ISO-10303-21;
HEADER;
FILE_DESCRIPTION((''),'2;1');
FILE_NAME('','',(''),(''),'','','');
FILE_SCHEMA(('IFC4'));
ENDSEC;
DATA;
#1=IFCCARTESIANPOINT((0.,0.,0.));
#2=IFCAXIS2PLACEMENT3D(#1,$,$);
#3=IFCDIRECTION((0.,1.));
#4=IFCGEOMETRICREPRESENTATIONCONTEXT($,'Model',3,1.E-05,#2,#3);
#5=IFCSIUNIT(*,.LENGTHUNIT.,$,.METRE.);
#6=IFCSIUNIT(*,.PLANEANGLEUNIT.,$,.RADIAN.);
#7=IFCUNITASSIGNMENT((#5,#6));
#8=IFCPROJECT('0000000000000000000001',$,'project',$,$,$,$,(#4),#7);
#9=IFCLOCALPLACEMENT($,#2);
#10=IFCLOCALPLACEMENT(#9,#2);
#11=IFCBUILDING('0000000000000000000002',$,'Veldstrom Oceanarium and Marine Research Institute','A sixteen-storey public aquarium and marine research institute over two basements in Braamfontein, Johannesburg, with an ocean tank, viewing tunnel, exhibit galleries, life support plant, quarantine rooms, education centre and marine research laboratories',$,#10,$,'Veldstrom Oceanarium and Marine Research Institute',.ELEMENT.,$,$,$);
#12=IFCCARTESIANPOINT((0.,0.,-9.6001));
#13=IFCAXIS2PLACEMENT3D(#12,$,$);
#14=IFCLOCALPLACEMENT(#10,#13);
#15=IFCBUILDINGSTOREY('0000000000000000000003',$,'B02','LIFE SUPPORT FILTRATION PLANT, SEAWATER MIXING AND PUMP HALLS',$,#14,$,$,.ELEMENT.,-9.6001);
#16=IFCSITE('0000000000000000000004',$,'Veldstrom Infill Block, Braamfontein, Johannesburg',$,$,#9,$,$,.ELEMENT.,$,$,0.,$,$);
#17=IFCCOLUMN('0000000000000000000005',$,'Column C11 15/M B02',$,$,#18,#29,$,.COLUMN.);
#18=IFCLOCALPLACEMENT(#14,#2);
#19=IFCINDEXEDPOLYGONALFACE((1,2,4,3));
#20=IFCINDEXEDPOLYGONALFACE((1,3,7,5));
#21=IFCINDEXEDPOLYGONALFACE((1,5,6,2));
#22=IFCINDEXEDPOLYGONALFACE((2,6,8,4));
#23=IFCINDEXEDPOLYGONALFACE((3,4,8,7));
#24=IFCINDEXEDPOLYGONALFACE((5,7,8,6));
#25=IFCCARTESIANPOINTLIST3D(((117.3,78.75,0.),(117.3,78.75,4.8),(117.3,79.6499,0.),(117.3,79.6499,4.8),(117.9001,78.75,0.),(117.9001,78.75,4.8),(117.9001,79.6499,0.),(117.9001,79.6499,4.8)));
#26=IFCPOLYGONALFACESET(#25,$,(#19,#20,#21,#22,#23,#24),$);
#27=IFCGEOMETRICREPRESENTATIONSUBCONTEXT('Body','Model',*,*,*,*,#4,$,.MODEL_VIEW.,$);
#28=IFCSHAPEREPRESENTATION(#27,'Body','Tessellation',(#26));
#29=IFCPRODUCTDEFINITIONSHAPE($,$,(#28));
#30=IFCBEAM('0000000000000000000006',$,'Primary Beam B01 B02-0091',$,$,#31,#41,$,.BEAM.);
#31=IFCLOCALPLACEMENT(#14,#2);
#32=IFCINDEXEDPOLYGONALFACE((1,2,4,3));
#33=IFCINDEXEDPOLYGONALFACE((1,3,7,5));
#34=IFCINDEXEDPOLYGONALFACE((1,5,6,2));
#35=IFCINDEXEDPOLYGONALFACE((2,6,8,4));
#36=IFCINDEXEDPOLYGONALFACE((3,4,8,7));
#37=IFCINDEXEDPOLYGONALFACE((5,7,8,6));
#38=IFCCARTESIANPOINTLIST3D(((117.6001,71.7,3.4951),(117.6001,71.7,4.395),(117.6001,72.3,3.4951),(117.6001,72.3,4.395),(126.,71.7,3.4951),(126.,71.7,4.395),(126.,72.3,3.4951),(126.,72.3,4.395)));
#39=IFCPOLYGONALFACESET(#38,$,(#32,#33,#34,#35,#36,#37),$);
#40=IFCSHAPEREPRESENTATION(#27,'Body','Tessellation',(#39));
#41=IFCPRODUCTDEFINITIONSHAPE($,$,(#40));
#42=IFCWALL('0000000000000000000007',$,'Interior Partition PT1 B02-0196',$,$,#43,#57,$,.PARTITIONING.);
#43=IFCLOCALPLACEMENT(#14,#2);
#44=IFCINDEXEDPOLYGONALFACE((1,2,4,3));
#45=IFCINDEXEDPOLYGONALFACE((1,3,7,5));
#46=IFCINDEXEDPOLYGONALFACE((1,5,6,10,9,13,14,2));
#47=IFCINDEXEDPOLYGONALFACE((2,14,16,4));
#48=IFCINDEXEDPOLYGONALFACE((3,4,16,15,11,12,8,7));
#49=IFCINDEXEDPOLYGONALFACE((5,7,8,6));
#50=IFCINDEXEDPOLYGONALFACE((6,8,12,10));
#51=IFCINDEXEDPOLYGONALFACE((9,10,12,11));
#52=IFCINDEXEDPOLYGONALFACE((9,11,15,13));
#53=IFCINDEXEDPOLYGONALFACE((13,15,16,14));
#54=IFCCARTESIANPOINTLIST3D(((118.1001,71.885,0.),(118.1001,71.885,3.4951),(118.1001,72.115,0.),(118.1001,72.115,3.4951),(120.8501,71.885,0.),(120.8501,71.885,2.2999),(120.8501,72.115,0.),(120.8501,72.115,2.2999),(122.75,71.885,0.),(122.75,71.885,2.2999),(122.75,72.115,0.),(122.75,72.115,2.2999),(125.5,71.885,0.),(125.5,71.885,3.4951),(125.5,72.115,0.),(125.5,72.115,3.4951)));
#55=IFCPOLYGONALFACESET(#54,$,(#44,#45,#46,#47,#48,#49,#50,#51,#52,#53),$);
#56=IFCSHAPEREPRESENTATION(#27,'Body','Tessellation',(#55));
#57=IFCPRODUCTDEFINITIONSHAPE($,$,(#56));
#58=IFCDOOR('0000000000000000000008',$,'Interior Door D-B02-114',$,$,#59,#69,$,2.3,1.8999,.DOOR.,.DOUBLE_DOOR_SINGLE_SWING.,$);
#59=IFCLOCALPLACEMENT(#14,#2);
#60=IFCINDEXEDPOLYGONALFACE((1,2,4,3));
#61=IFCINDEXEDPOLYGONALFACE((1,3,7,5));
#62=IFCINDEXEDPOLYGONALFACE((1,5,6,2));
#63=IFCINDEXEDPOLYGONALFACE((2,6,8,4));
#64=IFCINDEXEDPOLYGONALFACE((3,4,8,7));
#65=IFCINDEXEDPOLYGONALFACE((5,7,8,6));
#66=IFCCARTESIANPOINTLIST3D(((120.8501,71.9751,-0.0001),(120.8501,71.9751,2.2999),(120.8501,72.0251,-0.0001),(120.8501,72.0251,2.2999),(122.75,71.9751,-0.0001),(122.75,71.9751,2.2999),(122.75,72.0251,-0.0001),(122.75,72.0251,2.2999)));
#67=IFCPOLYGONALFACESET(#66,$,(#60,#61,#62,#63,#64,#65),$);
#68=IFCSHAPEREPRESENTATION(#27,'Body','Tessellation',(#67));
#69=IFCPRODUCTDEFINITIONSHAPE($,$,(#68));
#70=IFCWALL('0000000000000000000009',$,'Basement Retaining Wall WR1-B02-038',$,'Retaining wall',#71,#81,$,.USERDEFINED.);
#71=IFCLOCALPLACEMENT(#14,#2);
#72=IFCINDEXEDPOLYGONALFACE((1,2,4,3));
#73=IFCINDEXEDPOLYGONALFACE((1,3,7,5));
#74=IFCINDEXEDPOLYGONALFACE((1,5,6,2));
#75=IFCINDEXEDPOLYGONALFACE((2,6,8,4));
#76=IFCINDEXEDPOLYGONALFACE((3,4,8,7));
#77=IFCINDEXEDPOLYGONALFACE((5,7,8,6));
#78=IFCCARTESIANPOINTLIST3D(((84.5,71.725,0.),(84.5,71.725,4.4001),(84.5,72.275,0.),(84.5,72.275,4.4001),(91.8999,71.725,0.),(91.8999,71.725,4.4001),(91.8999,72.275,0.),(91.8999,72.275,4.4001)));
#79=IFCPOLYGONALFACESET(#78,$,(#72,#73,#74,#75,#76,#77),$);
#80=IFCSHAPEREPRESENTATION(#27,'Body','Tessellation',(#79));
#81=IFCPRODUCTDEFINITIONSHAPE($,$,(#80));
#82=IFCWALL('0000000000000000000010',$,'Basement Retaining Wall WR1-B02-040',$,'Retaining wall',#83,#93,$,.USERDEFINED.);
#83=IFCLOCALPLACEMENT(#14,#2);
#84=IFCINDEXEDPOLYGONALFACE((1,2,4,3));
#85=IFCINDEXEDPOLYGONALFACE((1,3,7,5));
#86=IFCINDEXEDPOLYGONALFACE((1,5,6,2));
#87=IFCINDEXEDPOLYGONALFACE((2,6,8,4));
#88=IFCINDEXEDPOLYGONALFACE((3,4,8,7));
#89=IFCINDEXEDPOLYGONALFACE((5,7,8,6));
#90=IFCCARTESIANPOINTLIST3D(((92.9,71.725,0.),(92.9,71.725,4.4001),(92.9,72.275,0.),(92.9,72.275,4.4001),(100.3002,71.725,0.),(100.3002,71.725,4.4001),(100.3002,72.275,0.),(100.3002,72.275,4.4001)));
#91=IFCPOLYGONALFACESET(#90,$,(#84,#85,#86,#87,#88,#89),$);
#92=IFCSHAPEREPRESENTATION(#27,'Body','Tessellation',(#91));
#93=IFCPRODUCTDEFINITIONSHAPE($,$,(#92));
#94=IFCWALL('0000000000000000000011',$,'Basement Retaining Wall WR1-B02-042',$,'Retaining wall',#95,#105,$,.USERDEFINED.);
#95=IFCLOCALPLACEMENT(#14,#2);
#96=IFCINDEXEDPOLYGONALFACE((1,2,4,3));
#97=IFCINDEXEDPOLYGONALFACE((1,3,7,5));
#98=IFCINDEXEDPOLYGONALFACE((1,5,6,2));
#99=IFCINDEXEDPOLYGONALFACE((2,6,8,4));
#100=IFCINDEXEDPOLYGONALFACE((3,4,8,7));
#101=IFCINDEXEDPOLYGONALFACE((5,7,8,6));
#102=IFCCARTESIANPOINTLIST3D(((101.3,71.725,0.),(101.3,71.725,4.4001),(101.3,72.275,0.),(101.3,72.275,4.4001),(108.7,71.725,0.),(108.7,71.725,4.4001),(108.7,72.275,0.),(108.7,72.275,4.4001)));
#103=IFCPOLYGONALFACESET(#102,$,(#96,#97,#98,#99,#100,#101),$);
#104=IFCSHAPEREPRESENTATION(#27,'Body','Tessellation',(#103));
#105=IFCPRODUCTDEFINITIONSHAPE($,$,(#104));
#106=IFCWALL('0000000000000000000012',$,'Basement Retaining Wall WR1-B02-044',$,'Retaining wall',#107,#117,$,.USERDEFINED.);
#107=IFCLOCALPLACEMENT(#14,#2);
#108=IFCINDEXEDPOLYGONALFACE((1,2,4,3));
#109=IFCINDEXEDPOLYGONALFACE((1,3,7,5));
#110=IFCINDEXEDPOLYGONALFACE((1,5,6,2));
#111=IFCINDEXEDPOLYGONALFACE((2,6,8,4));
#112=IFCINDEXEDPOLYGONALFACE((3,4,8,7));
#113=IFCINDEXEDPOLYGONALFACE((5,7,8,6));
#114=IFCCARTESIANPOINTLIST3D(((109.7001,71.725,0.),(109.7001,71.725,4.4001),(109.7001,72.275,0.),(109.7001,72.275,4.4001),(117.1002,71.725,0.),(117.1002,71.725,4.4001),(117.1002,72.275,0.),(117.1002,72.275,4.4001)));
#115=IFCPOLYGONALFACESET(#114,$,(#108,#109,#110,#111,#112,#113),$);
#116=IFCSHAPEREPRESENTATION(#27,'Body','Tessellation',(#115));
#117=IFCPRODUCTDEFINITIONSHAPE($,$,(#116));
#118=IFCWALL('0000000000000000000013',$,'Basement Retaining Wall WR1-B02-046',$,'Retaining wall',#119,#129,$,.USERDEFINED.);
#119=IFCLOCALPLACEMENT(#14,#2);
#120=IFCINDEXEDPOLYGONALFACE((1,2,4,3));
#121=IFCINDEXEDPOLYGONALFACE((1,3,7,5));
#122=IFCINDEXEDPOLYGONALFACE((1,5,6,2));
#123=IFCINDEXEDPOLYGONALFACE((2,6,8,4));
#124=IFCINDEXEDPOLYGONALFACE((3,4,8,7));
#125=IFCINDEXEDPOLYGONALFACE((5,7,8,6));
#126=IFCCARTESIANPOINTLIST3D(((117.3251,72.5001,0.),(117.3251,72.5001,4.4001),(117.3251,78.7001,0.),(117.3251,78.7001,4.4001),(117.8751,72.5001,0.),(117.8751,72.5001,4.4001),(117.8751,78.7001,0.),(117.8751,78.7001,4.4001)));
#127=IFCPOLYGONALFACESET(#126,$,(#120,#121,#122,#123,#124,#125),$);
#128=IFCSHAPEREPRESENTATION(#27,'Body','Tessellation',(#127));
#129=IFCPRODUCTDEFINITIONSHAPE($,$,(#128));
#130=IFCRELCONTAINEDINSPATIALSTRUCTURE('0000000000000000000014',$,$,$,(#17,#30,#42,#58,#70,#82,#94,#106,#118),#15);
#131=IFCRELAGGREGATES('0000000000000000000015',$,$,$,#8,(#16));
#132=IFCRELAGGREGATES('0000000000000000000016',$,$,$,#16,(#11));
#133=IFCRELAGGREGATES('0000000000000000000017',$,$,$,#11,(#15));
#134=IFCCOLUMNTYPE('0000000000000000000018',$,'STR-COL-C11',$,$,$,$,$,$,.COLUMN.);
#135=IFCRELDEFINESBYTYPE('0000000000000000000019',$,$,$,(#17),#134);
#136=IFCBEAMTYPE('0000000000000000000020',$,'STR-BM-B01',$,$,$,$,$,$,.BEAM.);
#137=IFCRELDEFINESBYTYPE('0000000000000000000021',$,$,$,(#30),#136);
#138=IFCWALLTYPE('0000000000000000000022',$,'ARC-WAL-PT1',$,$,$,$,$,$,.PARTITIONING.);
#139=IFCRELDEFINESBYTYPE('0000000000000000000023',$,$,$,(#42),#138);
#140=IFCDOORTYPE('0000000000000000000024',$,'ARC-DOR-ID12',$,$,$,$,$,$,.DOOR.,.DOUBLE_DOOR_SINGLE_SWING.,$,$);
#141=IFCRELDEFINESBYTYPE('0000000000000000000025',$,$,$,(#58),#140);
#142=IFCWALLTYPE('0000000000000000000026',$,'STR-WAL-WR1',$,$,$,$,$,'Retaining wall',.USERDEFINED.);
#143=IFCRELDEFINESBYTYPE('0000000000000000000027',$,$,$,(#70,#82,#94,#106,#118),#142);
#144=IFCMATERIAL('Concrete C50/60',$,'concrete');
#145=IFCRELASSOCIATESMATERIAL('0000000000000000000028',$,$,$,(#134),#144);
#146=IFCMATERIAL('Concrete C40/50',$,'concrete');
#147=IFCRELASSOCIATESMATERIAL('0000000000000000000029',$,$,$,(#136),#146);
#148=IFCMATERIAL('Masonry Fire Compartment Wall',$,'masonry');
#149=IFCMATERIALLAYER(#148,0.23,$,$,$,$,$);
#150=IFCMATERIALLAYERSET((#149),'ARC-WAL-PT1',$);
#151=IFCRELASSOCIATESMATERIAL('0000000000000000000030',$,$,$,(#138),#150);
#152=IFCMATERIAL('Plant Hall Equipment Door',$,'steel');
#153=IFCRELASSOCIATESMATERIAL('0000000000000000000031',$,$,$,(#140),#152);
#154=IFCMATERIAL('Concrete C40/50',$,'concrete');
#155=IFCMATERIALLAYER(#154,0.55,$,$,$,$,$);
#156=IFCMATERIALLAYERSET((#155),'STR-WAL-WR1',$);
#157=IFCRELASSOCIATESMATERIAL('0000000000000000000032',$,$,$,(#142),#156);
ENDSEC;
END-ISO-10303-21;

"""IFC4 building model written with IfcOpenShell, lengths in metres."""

from ifc_helpers import new_model, si_unit, direction, frame, frame_2d, origin, origin_2d, place, context, subcontext, project, spatial, rectangle, extrude, material, layer, layer_set, material_profile, profile_set, type_object, element, fill, save


model = new_model("IFC4")

# Units and contexts
model_context = context("Model", 3, precision=1e-05, world=origin(), true_north=direction((0.0, 1.0)))
body_context = subcontext(model_context, "Body", "Model", "MODEL_VIEW")
ifc_project = project(units=[si_unit("LENGTHUNIT", "METRE"), si_unit("PLANEANGLEUNIT", "RADIAN")], contexts=[model_context])

# Site, building, storey
site_placement = place(None, origin())
site = spatial("IfcSite", under=ifc_project, at=site_placement, Name="Veldstrom Infill Block, Braamfontein, Johannesburg", CompositionType="ELEMENT", RefElevation=0.0)
building_placement = place(site_placement, origin())
building = spatial("IfcBuilding", under=site, at=building_placement, Name="Veldstrom Oceanarium and Marine Research Institute", Description="A sixteen-storey public aquarium and marine research institute over two basements in Braamfontein, Johannesburg, with an ocean tank, viewing tunnel, exhibit galleries, life support plant, quarantine rooms, education centre and marine research laboratories", LongName="Veldstrom Oceanarium and Marine Research Institute", CompositionType="ELEMENT")
storey_placement = place(building_placement, frame((0.0, 0.0, -9.6001)))
storey = spatial("IfcBuildingStorey", under=building, at=storey_placement, Name="B02", Description="LIFE SUPPORT FILTRATION PLANT, SEAWATER MIXING AND PUMP HALLS", CompositionType="ELEMENT", Elevation=-9.6001)

# Column
ifc_material_1 = material(Name="Concrete C50/60", Category="concrete")
ifc_material_profile_1 = material_profile(ifc_material_1, rectangle(XDim=0.6001, YDim=0.8999, at=origin_2d()), Name="RC-COL-900x600")
ifc_profile_set_1 = profile_set([ifc_material_profile_1], Name="Concrete C50/60")
column_type_1 = type_object("IfcColumnType", Name="STR-COL-C11", PredefinedType="COLUMN", material=ifc_profile_set_1)
column_1_placement = place(storey_placement, frame((117.6001, 79.2, 0.0), z_axis=(0.0, 0.0, 1.0), x_axis=(1.0, 0.0, 0.0)))
element("IfcColumn", 1, at=column_1_placement, inside=storey, type_object=column_type_1, Name="Column C11 15/M B02", PredefinedType="COLUMN", context=body_context, shape_type="SweptSolid", body=[
    extrude(rectangle(XDim=0.6001, YDim=0.8999, at=origin_2d()), origin(), (0.0, 0.0, 1.0), 4.8),
])

# Beam
ifc_material_2 = material(Name="Concrete C40/50", Category="concrete")
ifc_material_profile_2 = material_profile(ifc_material_2, rectangle(XDim=0.6001, YDim=0.8999, at=origin_2d()), Name="RC-BM-600x900")
ifc_profile_set_2 = profile_set([ifc_material_profile_2], Name="Concrete C40/50")
beam_type = type_object("IfcBeamType", Name="STR-BM-B01", PredefinedType="BEAM", material=ifc_profile_set_2)
beam_placement = place(storey_placement, frame((117.6001, 72.0, 3.9451), z_axis=(1.0, 0.0, 0.0), x_axis=(0.0, 1.0, 0.0)))
element("IfcBeam", 2, at=beam_placement, inside=storey, type_object=beam_type, Name="Primary Beam B01 B02-0091", PredefinedType="BEAM", context=body_context, shape_type="SweptSolid", body=[
    extrude(rectangle(XDim=0.6001, YDim=0.8999, at=origin_2d()), origin(), (0.0, 0.0, 1.0), 8.3999),
])

# Wall, opening, door
ifc_material_3 = material(Name="Masonry Fire Compartment Wall", Category="masonry")
ifc_layer_1 = layer(ifc_material_3, 0.23)
ifc_layer_set_1 = layer_set([ifc_layer_1], Name="ARC-WAL-PT1")
wall_type_1 = type_object("IfcWallType", Name="ARC-WAL-PT1", PredefinedType="PARTITIONING", material=ifc_layer_set_1)
wall_1_placement = place(storey_placement, frame((118.1001, 72.0, 0.0), z_axis=(0.0, 0.0, 1.0), x_axis=(1.0, 0.0, 0.0)))
wall_1 = element("IfcWall", 3, at=wall_1_placement, inside=storey, type_object=wall_type_1, Name="Interior Partition PT1 B02-0196", PredefinedType="PARTITIONING", context=body_context, shape_type="SweptSolid", body=[
    extrude(rectangle(XDim=7.3999, YDim=0.23, at=frame_2d((3.7, 0.0))), origin(), (0.0, 0.0, 1.0), 3.4951),
])
opening_placement = place(wall_1_placement, frame((2.75, 0.0, 0.0)))
opening = element("IfcOpeningElement", 4, at=opening_placement, cuts=wall_1, PredefinedType="OPENING", context=body_context, shape_type="SweptSolid", body=[
    extrude(rectangle(XDim=1.8999, YDim=2.3, at=frame_2d((0.95, 1.1499))), frame((0.0, 0.125, 0.0), z_axis=(0.0, -1.0, 0.0), x_axis=(1.0, 0.0, 0.0)), (0.0, 0.0, 1.0), 0.25),
])
ifc_material_4 = material(Name="Plant Hall Equipment Door", Category="steel")
door_type = type_object("IfcDoorType", Name="ARC-DOR-ID12", OperationType="DOUBLE_DOOR_SINGLE_SWING", PredefinedType="DOOR", material=ifc_material_4)
door_placement = place(opening_placement, frame((1.8999, 0.0, 0.0), z_axis=(0.0, 0.0, 1.0), x_axis=(-1.0, 0.0, 0.0)))
door = element("IfcDoor", 5, at=door_placement, inside=storey, type_object=door_type, Name="Interior Door D-B02-114", OperationType="DOUBLE_DOOR_SINGLE_SWING", OverallHeight=2.3, OverallWidth=1.8999, PredefinedType="DOOR", context=body_context, shape_type="SweptSolid", body=[
    extrude(rectangle(XDim=1.8999, YDim=2.3, at=frame_2d((0.95, 1.1499))), frame((0.0, 0.0249, 0.0), z_axis=(0.0, -1.0, 0.0), x_axis=(1.0, 0.0, 0.0)), (0.0, 0.0, 1.0), 0.05),
])
fill(opening, door)

# Walls
ifc_material_5 = material(Name="Concrete C40/50", Category="concrete")
ifc_layer_2 = layer(ifc_material_5, 0.55)
ifc_layer_set_2 = layer_set([ifc_layer_2], Name="STR-WAL-WR1")
wall_type_2 = type_object("IfcWallType", Name="STR-WAL-WR1", ElementType="Retaining wall", PredefinedType="USERDEFINED", material=ifc_layer_set_2)
wall_2_placement = place(storey_placement, frame((84.5, 72.0, 0.0), z_axis=(0.0, 0.0, 1.0), x_axis=(1.0, 0.0, 0.0)))
element("IfcWall", 6, at=wall_2_placement, inside=storey, type_object=wall_type_2, Name="Basement Retaining Wall WR1-B02-038", ObjectType="Retaining wall", PredefinedType="USERDEFINED", context=body_context, shape_type="SweptSolid", body=[
    extrude(rectangle(XDim=7.3999, YDim=0.55, at=frame_2d((3.7, 0.0))), origin(), (0.0, 0.0, 1.0), 4.4001),
])
wall_3_placement = place(storey_placement, frame((92.8999, 72.0, 0.0), z_axis=(0.0, 0.0, 1.0), x_axis=(1.0, 0.0, 0.0)))
element("IfcWall", 7, at=wall_3_placement, inside=storey, type_object=wall_type_2, Name="Basement Retaining Wall WR1-B02-040", ObjectType="Retaining wall", PredefinedType="USERDEFINED", context=body_context, shape_type="SweptSolid", body=[
    extrude(rectangle(XDim=7.4001, YDim=0.55, at=frame_2d((3.7002, 0.0))), origin(), (0.0, 0.0, 1.0), 4.4001),
])
wall_4_placement = place(storey_placement, frame((101.3, 72.0, 0.0), z_axis=(0.0, 0.0, 1.0), x_axis=(1.0, 0.0, 0.0)))
element("IfcWall", 8, at=wall_4_placement, inside=storey, type_object=wall_type_2, Name="Basement Retaining Wall WR1-B02-042", ObjectType="Retaining wall", PredefinedType="USERDEFINED", context=body_context, shape_type="SweptSolid", body=[
    extrude(rectangle(XDim=7.3999, YDim=0.55, at=frame_2d((3.7, 0.0))), origin(), (0.0, 0.0, 1.0), 4.4001),
])
wall_5_placement = place(storey_placement, frame((109.7, 72.0, 0.0), z_axis=(0.0, 0.0, 1.0), x_axis=(1.0, 0.0, 0.0)))
element("IfcWall", 9, at=wall_5_placement, inside=storey, type_object=wall_type_2, Name="Basement Retaining Wall WR1-B02-044", ObjectType="Retaining wall", PredefinedType="USERDEFINED", context=body_context, shape_type="SweptSolid", body=[
    extrude(rectangle(XDim=7.4001, YDim=0.55, at=frame_2d((3.7002, 0.0))), origin(), (0.0, 0.0, 1.0), 4.4001),
])
wall_6_placement = place(storey_placement, frame((117.6001, 72.5, 0.0), z_axis=(0.0, 0.0, 1.0), x_axis=(0.0, 1.0, 0.0)))
element("IfcWall", 10, at=wall_6_placement, inside=storey, type_object=wall_type_2, Name="Basement Retaining Wall WR1-B02-046", ObjectType="Retaining wall", PredefinedType="USERDEFINED", context=body_context, shape_type="SweptSolid", body=[
    extrude(rectangle(XDim=6.2, YDim=0.55, at=frame_2d((3.1001, 0.0))), origin(), (0.0, 0.0, 1.0), 4.4001),
])

save(model, "model.ifc")
